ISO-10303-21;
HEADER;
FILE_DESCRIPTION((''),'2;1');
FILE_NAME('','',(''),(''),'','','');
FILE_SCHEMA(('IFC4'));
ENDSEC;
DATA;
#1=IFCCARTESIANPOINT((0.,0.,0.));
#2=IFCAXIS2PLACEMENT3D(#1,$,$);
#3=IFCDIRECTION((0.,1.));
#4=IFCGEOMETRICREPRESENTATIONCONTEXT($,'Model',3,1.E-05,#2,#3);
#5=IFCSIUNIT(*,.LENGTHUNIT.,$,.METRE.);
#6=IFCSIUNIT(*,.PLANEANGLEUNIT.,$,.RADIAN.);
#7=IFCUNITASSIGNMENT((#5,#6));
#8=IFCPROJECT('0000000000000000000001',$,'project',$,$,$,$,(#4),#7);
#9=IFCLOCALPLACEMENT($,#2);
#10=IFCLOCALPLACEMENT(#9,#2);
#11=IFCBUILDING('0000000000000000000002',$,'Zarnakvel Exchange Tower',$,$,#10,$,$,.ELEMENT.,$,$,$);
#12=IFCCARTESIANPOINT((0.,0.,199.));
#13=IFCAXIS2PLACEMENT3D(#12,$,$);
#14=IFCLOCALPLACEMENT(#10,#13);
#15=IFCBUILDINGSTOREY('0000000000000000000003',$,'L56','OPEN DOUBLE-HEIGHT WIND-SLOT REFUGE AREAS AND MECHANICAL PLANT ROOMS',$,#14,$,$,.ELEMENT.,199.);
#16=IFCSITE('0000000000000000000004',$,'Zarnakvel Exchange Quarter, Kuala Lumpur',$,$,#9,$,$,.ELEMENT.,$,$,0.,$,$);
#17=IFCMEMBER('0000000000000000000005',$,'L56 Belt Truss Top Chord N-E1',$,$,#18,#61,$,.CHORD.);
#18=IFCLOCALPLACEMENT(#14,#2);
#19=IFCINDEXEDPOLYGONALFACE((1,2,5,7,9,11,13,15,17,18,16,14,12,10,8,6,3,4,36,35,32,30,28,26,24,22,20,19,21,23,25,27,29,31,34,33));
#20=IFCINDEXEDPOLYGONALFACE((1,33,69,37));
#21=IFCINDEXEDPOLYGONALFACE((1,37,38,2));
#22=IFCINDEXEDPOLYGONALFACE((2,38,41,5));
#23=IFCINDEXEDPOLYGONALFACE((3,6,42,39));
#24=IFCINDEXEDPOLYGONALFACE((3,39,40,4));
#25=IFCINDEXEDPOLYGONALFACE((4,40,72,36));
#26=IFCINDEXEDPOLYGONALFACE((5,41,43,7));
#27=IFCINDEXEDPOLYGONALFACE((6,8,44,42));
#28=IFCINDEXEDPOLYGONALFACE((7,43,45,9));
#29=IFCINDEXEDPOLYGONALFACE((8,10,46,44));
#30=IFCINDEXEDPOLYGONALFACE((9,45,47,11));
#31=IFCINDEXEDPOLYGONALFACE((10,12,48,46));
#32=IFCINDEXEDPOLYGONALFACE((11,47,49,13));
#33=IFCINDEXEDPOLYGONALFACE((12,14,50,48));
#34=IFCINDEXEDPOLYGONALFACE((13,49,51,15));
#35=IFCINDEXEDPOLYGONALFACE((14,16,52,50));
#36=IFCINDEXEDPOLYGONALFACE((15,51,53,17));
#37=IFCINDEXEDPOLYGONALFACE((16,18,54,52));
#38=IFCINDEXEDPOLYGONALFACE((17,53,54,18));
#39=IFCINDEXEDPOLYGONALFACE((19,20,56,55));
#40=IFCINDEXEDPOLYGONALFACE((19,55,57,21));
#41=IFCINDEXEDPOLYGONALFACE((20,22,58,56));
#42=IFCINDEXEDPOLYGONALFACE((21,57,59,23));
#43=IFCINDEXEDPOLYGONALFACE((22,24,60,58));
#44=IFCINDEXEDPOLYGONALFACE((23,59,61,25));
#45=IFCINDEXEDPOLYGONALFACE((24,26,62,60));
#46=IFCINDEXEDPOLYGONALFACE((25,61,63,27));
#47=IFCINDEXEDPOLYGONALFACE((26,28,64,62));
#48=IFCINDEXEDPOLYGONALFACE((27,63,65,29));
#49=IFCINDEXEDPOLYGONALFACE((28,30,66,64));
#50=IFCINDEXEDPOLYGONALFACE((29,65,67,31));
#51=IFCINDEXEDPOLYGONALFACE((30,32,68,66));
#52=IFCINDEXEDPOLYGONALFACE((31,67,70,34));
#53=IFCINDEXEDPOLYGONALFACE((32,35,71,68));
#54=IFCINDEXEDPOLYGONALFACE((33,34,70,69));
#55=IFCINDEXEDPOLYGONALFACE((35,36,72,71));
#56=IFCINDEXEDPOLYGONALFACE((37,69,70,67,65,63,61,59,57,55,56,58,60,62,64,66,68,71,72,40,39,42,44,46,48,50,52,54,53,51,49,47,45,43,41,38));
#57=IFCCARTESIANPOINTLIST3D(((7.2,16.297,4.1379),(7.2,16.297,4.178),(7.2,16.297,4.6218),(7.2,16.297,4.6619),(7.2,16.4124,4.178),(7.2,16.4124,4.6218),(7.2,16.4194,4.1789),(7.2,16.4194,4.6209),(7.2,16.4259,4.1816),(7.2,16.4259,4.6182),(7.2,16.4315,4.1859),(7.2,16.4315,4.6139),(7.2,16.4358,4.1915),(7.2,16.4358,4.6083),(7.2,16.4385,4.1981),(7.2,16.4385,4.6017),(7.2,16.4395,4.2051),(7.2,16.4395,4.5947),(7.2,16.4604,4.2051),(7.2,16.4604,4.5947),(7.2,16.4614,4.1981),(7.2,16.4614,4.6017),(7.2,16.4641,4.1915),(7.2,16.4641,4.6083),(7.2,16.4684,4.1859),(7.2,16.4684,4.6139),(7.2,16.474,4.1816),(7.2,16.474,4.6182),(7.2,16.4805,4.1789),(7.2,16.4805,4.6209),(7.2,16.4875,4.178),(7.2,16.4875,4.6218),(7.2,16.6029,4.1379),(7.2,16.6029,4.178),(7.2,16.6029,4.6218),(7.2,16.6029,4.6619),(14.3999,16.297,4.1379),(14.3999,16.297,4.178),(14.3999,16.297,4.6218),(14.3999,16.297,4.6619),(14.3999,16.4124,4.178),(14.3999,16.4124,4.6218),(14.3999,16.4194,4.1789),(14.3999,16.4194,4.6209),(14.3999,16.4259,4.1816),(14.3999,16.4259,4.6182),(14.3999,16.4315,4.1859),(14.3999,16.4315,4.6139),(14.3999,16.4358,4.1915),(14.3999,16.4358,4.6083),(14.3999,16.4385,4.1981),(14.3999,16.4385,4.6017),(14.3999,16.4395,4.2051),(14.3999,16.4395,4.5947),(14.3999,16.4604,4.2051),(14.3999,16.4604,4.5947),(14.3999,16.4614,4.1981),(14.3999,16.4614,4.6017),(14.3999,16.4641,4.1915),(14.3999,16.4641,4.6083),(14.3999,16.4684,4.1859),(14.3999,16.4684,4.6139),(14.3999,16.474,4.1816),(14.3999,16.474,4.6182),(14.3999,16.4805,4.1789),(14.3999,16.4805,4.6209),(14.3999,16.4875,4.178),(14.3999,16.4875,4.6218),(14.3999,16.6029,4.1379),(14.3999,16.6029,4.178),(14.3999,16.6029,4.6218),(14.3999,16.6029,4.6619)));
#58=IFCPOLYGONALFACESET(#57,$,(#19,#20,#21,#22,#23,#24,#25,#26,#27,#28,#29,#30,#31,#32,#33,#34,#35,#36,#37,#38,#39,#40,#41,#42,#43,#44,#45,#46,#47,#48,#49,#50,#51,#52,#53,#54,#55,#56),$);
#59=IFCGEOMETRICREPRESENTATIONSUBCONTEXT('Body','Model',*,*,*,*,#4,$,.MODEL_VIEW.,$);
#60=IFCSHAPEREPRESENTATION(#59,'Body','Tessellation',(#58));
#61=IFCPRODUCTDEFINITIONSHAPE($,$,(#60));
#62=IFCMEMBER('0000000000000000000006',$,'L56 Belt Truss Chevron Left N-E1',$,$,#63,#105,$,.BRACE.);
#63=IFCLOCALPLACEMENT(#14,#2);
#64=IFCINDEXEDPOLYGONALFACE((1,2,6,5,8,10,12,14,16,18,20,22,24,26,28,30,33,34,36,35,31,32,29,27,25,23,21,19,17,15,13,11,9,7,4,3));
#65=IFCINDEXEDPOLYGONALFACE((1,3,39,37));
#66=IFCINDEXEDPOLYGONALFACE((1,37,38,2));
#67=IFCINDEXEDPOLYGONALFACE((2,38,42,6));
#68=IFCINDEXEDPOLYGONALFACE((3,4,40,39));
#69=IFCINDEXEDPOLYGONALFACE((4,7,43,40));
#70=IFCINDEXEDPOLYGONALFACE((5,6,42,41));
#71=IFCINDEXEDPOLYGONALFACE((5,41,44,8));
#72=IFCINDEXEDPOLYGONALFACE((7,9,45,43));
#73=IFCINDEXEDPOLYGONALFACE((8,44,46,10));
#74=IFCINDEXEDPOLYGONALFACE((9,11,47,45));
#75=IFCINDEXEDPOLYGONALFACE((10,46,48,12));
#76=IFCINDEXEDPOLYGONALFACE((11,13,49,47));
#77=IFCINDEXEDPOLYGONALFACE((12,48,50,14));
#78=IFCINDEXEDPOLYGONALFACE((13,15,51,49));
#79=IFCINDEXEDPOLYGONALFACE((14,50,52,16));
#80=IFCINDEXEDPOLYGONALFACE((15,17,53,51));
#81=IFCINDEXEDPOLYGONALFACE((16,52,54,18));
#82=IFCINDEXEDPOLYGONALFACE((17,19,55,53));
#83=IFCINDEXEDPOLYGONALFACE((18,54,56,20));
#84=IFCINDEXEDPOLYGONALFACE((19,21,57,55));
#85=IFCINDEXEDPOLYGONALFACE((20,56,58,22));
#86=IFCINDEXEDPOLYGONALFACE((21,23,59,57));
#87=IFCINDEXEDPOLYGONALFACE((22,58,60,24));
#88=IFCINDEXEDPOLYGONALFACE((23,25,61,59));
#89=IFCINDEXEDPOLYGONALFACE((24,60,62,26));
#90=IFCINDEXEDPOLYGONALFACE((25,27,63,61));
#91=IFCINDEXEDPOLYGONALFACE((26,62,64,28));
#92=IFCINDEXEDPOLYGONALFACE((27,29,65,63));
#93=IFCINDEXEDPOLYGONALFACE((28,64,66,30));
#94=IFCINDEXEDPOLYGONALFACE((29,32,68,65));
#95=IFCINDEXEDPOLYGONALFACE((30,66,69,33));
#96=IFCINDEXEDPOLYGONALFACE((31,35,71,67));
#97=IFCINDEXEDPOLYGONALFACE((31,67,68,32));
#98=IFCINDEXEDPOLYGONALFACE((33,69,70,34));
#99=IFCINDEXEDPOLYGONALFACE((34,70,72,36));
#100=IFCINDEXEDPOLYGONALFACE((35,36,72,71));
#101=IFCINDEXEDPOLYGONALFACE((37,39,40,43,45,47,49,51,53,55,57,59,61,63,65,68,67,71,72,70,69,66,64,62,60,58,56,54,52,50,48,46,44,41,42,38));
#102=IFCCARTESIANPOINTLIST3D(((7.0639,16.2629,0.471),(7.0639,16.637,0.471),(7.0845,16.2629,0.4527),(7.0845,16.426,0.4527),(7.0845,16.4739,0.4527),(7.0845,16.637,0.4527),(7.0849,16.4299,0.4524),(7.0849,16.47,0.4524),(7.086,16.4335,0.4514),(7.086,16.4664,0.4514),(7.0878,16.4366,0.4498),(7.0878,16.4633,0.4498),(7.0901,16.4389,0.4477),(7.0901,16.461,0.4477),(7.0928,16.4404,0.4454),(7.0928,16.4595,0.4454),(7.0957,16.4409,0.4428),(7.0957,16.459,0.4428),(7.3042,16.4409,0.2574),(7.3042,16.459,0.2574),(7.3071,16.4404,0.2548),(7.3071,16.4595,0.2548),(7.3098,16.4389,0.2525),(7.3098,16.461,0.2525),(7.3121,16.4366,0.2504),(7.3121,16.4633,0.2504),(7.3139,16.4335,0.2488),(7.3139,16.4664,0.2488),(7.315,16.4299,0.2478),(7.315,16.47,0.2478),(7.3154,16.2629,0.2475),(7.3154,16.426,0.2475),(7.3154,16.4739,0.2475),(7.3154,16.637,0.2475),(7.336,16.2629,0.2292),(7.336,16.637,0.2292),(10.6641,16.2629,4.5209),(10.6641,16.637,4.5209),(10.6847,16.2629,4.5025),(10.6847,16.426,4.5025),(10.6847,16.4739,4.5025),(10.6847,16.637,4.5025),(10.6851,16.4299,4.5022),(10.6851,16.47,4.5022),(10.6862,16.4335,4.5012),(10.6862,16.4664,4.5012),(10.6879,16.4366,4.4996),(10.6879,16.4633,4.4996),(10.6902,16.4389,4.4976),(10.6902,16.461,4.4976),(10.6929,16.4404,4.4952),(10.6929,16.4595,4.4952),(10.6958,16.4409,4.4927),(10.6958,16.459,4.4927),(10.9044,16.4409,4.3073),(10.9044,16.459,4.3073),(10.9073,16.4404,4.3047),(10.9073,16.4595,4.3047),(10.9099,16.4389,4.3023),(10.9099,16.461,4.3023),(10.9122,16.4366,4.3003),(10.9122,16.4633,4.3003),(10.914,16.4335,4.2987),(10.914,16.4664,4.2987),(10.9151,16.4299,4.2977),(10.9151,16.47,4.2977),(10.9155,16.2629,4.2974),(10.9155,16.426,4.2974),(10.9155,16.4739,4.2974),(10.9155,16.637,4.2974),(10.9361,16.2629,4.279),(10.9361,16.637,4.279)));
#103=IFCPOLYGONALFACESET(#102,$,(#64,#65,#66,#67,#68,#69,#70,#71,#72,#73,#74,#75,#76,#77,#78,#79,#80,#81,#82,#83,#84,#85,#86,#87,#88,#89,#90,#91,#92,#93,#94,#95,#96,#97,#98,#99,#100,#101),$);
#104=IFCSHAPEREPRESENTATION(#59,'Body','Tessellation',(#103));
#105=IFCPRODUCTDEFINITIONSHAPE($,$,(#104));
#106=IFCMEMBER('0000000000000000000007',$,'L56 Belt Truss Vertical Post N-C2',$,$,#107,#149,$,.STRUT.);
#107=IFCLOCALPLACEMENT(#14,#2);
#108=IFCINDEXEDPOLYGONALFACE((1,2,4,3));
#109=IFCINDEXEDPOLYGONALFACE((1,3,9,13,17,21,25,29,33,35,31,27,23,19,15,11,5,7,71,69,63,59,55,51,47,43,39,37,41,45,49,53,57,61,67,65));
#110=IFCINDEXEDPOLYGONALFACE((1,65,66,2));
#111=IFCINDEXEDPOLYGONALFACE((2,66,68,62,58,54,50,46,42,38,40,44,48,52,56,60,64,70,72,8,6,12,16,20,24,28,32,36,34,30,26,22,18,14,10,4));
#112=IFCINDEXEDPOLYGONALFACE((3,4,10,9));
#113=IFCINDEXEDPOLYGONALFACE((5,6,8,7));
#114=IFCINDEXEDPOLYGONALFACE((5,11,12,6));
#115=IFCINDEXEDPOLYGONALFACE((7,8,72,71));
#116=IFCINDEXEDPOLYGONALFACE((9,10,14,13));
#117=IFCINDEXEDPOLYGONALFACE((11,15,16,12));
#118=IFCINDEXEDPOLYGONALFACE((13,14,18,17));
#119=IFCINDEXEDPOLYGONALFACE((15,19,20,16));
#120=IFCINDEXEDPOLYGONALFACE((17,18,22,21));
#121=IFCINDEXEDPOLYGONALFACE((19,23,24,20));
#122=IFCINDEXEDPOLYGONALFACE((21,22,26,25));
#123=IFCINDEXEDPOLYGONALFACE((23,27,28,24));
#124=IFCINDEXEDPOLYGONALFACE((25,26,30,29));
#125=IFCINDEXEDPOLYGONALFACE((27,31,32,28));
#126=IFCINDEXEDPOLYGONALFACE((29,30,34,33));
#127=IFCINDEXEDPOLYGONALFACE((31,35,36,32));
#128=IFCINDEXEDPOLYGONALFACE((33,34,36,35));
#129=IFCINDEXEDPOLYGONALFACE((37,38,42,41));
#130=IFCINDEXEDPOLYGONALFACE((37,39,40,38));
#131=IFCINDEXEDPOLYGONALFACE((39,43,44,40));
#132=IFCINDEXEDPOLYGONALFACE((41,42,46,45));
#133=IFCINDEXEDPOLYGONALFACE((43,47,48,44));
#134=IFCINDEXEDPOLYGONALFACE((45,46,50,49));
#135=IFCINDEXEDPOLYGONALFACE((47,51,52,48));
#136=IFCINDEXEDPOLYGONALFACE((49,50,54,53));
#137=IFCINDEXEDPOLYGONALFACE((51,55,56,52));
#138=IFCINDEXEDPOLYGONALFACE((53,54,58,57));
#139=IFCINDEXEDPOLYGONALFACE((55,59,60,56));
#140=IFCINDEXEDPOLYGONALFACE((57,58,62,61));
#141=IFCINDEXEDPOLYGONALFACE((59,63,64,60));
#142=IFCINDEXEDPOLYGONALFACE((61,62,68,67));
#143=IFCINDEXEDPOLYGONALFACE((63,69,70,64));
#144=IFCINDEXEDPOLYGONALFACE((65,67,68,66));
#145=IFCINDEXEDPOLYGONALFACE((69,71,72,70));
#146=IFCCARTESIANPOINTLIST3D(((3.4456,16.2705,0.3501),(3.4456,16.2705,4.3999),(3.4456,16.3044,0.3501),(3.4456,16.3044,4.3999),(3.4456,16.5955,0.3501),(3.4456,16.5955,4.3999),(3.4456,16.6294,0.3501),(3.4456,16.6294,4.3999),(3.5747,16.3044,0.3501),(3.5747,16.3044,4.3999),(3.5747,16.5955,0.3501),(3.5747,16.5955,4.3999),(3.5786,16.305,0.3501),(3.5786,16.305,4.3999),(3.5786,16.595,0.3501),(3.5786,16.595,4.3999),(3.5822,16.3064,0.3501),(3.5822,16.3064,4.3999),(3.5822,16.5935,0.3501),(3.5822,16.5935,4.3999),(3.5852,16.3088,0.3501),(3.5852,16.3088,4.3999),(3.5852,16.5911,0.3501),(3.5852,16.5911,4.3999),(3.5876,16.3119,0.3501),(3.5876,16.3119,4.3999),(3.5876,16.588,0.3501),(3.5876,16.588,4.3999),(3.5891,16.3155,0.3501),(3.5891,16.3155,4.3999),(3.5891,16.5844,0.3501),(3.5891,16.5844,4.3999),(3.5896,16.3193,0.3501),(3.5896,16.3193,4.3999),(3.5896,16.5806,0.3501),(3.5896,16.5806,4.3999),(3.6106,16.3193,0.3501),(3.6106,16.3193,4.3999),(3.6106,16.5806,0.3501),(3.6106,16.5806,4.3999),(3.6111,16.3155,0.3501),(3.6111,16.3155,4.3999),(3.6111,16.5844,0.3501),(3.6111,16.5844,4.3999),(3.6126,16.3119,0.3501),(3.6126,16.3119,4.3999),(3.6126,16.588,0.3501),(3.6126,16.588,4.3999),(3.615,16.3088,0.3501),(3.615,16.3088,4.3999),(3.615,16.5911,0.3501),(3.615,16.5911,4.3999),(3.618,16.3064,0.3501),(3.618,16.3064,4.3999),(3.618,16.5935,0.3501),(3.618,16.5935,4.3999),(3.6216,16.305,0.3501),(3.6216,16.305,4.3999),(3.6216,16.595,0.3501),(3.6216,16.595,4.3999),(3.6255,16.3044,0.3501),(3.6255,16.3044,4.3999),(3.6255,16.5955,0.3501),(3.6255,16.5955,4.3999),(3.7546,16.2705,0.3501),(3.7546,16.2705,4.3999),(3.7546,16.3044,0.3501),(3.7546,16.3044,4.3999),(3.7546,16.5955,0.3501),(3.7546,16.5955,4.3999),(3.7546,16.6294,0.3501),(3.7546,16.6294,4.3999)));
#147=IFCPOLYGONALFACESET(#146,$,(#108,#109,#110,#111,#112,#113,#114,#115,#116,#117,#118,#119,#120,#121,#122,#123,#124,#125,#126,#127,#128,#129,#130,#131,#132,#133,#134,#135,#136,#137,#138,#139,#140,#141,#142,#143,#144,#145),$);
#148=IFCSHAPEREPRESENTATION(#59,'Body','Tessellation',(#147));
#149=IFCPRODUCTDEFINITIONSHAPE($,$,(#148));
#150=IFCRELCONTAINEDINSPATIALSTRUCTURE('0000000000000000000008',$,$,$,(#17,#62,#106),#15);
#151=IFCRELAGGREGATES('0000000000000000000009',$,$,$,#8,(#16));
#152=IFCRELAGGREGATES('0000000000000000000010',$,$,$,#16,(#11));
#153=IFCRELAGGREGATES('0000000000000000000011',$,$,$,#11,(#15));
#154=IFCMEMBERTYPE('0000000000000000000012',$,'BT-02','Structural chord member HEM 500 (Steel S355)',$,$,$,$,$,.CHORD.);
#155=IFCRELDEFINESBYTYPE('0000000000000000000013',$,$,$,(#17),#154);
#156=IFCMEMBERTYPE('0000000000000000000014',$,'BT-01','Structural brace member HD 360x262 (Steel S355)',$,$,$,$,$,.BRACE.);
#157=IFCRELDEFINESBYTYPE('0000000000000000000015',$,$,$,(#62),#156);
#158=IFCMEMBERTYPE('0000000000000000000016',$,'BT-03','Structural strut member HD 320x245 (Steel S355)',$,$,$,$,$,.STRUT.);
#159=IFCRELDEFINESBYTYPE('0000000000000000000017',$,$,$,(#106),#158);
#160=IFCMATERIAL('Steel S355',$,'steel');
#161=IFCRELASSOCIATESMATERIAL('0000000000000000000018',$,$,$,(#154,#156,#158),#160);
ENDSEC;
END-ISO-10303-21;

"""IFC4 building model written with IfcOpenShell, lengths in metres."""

from ifc_helpers import new_model, si_unit, direction, frame, origin, origin_2d, place, context, subcontext, project, spatial, i_section, extrude, source, transform, mapped, material, material_profile, profile_set, type_object, element, save


model = new_model("IFC4")

# Units and contexts
model_context = context("Model", 3, precision=1e-05, world=origin(), true_north=direction((0.0, 1.0)))
body_context = subcontext(model_context, "Body", "Model", "MODEL_VIEW")
ifc_project = project(units=[si_unit("LENGTHUNIT", "METRE"), si_unit("PLANEANGLEUNIT", "RADIAN")], contexts=[model_context])

# Site, building, storey
site_placement = place(None, origin())
site = spatial("IfcSite", under=ifc_project, at=site_placement, Name="Zarnakvel Exchange Quarter, Kuala Lumpur", CompositionType="ELEMENT", RefElevation=0.0)
building_placement = place(site_placement, origin())
building = spatial("IfcBuilding", under=site, at=building_placement, Name="Zarnakvel Exchange Tower", CompositionType="ELEMENT")
storey_placement = place(building_placement, frame((0.0, 0.0, 199.0)))
storey = spatial("IfcBuildingStorey", under=building, at=storey_placement, Name="L56", Description="OPEN DOUBLE-HEIGHT WIND-SLOT REFUGE AREAS AND MECHANICAL PLANT ROOMS", CompositionType="ELEMENT", Elevation=199.0)

# Shared definitions
ifc_material_1 = material(Name="Steel S355", Category="steel")

# Members
ifc_material_profile_1 = material_profile(ifc_material_1, i_section(OverallWidth=0.3059, OverallDepth=0.5239, WebThickness=0.021, FlangeThickness=0.04, FilletRadius=0.0271, at=origin_2d()))
ifc_profile_set_1 = profile_set([ifc_material_profile_1], Name="Steel S355")
member_type_1 = type_object("IfcMemberType", Name="BT-02", Description="Structural chord member HEM 500 (Steel S355)", PredefinedType="CHORD", material=ifc_profile_set_1)
shared_shape_1 = source(origin(), body_context, "Body", "SweptSolid", [
    extrude(i_section(OverallWidth=0.3059, OverallDepth=0.5239, WebThickness=0.021, FlangeThickness=0.04, FilletRadius=0.0271, at=origin_2d()), origin(), (0.0, 0.0, 1.0), 7.2),
])
for number, where, z_axis, x_axis, name in (
    (1, (7.2, 16.45, 4.3999), (1.0, 0.0, 0.0), (0.0, 1.0, 0.0), "L56 Belt Truss Top Chord N-E1"),
):
    element("IfcMember", number, at=place(storey_placement, frame(where, z_axis=z_axis, x_axis=x_axis)), inside=storey, type_object=member_type_1, Name=name, PredefinedType="CHORD", context=body_context, shape_type="MappedRepresentation", body=[
        mapped(shared_shape_1, transform((0.0, 0.0, 0.0), x_axis=(1.0, 0.0, 0.0), y_axis=(0.0, 1.0, 0.0), z_axis=(0.0, 0.0, 1.0), scale=1.0)),
    ])
ifc_material_profile_2 = material_profile(ifc_material_1, i_section(OverallWidth=0.374, OverallDepth=0.364, WebThickness=0.0181, FlangeThickness=0.0276, FilletRadius=0.0149, at=origin_2d()))
ifc_profile_set_2 = profile_set([ifc_material_profile_2], Name="Steel S355")
member_type_2 = type_object("IfcMemberType", Name="BT-01", Description="Structural brace member HD 360x262 (Steel S355)", PredefinedType="BRACE", material=ifc_profile_set_2)
shared_shape_2 = source(origin(), body_context, "Body", "SweptSolid", [
    extrude(i_section(OverallWidth=0.374, OverallDepth=0.364, WebThickness=0.0181, FlangeThickness=0.0276, FilletRadius=0.0149, at=origin_2d()), origin(), (0.0, 0.0, 1.0), 5.4187),
])
member_1_placement = place(storey_placement, frame((7.2, 16.45, 0.3501), z_axis=(0.664392, 0.0, 0.747384), x_axis=(0.0, 1.0, 0.0)))
element("IfcMember", 2, at=member_1_placement, inside=storey, type_object=member_type_2, Name="L56 Belt Truss Chevron Left N-E1", PredefinedType="BRACE", context=body_context, shape_type="MappedRepresentation", body=[
    mapped(shared_shape_2, transform((0.0, 0.0, 0.0), x_axis=(1.0, 0.0, 0.0), y_axis=(0.0, 1.0, 0.0), z_axis=(0.0, 0.0, 1.0), scale=1.0)),
])
ifc_material_profile_3 = material_profile(ifc_material_1, i_section(OverallWidth=0.3091, OverallDepth=0.3589, WebThickness=0.021, FlangeThickness=0.0339, FilletRadius=0.0149, at=origin_2d()))
ifc_profile_set_3 = profile_set([ifc_material_profile_3], Name="Steel S355")
member_type_3 = type_object("IfcMemberType", Name="BT-03", Description="Structural strut member HD 320x245 (Steel S355)", PredefinedType="STRUT", material=ifc_profile_set_3)
shared_shape_3 = source(origin(), body_context, "Body", "SweptSolid", [
    extrude(i_section(OverallWidth=0.3091, OverallDepth=0.3589, WebThickness=0.021, FlangeThickness=0.0339, FilletRadius=0.0149, at=origin_2d()), origin(), (0.0, 0.0, 1.0), 4.0498),
])
member_2_placement = place(storey_placement, frame((3.6001, 16.45, 0.3501), z_axis=(0.0, 0.0, 1.0), x_axis=(1.0, 0.0, 0.0)))
element("IfcMember", 3, at=member_2_placement, inside=storey, type_object=member_type_3, Name="L56 Belt Truss Vertical Post N-C2", PredefinedType="STRUT", context=body_context, shape_type="MappedRepresentation", body=[
    mapped(shared_shape_3, transform((0.0, 0.0, 0.0), x_axis=(1.0, 0.0, 0.0), y_axis=(0.0, 1.0, 0.0), z_axis=(0.0, 0.0, 1.0), scale=1.0)),
])

save(model, "model.ifc")
